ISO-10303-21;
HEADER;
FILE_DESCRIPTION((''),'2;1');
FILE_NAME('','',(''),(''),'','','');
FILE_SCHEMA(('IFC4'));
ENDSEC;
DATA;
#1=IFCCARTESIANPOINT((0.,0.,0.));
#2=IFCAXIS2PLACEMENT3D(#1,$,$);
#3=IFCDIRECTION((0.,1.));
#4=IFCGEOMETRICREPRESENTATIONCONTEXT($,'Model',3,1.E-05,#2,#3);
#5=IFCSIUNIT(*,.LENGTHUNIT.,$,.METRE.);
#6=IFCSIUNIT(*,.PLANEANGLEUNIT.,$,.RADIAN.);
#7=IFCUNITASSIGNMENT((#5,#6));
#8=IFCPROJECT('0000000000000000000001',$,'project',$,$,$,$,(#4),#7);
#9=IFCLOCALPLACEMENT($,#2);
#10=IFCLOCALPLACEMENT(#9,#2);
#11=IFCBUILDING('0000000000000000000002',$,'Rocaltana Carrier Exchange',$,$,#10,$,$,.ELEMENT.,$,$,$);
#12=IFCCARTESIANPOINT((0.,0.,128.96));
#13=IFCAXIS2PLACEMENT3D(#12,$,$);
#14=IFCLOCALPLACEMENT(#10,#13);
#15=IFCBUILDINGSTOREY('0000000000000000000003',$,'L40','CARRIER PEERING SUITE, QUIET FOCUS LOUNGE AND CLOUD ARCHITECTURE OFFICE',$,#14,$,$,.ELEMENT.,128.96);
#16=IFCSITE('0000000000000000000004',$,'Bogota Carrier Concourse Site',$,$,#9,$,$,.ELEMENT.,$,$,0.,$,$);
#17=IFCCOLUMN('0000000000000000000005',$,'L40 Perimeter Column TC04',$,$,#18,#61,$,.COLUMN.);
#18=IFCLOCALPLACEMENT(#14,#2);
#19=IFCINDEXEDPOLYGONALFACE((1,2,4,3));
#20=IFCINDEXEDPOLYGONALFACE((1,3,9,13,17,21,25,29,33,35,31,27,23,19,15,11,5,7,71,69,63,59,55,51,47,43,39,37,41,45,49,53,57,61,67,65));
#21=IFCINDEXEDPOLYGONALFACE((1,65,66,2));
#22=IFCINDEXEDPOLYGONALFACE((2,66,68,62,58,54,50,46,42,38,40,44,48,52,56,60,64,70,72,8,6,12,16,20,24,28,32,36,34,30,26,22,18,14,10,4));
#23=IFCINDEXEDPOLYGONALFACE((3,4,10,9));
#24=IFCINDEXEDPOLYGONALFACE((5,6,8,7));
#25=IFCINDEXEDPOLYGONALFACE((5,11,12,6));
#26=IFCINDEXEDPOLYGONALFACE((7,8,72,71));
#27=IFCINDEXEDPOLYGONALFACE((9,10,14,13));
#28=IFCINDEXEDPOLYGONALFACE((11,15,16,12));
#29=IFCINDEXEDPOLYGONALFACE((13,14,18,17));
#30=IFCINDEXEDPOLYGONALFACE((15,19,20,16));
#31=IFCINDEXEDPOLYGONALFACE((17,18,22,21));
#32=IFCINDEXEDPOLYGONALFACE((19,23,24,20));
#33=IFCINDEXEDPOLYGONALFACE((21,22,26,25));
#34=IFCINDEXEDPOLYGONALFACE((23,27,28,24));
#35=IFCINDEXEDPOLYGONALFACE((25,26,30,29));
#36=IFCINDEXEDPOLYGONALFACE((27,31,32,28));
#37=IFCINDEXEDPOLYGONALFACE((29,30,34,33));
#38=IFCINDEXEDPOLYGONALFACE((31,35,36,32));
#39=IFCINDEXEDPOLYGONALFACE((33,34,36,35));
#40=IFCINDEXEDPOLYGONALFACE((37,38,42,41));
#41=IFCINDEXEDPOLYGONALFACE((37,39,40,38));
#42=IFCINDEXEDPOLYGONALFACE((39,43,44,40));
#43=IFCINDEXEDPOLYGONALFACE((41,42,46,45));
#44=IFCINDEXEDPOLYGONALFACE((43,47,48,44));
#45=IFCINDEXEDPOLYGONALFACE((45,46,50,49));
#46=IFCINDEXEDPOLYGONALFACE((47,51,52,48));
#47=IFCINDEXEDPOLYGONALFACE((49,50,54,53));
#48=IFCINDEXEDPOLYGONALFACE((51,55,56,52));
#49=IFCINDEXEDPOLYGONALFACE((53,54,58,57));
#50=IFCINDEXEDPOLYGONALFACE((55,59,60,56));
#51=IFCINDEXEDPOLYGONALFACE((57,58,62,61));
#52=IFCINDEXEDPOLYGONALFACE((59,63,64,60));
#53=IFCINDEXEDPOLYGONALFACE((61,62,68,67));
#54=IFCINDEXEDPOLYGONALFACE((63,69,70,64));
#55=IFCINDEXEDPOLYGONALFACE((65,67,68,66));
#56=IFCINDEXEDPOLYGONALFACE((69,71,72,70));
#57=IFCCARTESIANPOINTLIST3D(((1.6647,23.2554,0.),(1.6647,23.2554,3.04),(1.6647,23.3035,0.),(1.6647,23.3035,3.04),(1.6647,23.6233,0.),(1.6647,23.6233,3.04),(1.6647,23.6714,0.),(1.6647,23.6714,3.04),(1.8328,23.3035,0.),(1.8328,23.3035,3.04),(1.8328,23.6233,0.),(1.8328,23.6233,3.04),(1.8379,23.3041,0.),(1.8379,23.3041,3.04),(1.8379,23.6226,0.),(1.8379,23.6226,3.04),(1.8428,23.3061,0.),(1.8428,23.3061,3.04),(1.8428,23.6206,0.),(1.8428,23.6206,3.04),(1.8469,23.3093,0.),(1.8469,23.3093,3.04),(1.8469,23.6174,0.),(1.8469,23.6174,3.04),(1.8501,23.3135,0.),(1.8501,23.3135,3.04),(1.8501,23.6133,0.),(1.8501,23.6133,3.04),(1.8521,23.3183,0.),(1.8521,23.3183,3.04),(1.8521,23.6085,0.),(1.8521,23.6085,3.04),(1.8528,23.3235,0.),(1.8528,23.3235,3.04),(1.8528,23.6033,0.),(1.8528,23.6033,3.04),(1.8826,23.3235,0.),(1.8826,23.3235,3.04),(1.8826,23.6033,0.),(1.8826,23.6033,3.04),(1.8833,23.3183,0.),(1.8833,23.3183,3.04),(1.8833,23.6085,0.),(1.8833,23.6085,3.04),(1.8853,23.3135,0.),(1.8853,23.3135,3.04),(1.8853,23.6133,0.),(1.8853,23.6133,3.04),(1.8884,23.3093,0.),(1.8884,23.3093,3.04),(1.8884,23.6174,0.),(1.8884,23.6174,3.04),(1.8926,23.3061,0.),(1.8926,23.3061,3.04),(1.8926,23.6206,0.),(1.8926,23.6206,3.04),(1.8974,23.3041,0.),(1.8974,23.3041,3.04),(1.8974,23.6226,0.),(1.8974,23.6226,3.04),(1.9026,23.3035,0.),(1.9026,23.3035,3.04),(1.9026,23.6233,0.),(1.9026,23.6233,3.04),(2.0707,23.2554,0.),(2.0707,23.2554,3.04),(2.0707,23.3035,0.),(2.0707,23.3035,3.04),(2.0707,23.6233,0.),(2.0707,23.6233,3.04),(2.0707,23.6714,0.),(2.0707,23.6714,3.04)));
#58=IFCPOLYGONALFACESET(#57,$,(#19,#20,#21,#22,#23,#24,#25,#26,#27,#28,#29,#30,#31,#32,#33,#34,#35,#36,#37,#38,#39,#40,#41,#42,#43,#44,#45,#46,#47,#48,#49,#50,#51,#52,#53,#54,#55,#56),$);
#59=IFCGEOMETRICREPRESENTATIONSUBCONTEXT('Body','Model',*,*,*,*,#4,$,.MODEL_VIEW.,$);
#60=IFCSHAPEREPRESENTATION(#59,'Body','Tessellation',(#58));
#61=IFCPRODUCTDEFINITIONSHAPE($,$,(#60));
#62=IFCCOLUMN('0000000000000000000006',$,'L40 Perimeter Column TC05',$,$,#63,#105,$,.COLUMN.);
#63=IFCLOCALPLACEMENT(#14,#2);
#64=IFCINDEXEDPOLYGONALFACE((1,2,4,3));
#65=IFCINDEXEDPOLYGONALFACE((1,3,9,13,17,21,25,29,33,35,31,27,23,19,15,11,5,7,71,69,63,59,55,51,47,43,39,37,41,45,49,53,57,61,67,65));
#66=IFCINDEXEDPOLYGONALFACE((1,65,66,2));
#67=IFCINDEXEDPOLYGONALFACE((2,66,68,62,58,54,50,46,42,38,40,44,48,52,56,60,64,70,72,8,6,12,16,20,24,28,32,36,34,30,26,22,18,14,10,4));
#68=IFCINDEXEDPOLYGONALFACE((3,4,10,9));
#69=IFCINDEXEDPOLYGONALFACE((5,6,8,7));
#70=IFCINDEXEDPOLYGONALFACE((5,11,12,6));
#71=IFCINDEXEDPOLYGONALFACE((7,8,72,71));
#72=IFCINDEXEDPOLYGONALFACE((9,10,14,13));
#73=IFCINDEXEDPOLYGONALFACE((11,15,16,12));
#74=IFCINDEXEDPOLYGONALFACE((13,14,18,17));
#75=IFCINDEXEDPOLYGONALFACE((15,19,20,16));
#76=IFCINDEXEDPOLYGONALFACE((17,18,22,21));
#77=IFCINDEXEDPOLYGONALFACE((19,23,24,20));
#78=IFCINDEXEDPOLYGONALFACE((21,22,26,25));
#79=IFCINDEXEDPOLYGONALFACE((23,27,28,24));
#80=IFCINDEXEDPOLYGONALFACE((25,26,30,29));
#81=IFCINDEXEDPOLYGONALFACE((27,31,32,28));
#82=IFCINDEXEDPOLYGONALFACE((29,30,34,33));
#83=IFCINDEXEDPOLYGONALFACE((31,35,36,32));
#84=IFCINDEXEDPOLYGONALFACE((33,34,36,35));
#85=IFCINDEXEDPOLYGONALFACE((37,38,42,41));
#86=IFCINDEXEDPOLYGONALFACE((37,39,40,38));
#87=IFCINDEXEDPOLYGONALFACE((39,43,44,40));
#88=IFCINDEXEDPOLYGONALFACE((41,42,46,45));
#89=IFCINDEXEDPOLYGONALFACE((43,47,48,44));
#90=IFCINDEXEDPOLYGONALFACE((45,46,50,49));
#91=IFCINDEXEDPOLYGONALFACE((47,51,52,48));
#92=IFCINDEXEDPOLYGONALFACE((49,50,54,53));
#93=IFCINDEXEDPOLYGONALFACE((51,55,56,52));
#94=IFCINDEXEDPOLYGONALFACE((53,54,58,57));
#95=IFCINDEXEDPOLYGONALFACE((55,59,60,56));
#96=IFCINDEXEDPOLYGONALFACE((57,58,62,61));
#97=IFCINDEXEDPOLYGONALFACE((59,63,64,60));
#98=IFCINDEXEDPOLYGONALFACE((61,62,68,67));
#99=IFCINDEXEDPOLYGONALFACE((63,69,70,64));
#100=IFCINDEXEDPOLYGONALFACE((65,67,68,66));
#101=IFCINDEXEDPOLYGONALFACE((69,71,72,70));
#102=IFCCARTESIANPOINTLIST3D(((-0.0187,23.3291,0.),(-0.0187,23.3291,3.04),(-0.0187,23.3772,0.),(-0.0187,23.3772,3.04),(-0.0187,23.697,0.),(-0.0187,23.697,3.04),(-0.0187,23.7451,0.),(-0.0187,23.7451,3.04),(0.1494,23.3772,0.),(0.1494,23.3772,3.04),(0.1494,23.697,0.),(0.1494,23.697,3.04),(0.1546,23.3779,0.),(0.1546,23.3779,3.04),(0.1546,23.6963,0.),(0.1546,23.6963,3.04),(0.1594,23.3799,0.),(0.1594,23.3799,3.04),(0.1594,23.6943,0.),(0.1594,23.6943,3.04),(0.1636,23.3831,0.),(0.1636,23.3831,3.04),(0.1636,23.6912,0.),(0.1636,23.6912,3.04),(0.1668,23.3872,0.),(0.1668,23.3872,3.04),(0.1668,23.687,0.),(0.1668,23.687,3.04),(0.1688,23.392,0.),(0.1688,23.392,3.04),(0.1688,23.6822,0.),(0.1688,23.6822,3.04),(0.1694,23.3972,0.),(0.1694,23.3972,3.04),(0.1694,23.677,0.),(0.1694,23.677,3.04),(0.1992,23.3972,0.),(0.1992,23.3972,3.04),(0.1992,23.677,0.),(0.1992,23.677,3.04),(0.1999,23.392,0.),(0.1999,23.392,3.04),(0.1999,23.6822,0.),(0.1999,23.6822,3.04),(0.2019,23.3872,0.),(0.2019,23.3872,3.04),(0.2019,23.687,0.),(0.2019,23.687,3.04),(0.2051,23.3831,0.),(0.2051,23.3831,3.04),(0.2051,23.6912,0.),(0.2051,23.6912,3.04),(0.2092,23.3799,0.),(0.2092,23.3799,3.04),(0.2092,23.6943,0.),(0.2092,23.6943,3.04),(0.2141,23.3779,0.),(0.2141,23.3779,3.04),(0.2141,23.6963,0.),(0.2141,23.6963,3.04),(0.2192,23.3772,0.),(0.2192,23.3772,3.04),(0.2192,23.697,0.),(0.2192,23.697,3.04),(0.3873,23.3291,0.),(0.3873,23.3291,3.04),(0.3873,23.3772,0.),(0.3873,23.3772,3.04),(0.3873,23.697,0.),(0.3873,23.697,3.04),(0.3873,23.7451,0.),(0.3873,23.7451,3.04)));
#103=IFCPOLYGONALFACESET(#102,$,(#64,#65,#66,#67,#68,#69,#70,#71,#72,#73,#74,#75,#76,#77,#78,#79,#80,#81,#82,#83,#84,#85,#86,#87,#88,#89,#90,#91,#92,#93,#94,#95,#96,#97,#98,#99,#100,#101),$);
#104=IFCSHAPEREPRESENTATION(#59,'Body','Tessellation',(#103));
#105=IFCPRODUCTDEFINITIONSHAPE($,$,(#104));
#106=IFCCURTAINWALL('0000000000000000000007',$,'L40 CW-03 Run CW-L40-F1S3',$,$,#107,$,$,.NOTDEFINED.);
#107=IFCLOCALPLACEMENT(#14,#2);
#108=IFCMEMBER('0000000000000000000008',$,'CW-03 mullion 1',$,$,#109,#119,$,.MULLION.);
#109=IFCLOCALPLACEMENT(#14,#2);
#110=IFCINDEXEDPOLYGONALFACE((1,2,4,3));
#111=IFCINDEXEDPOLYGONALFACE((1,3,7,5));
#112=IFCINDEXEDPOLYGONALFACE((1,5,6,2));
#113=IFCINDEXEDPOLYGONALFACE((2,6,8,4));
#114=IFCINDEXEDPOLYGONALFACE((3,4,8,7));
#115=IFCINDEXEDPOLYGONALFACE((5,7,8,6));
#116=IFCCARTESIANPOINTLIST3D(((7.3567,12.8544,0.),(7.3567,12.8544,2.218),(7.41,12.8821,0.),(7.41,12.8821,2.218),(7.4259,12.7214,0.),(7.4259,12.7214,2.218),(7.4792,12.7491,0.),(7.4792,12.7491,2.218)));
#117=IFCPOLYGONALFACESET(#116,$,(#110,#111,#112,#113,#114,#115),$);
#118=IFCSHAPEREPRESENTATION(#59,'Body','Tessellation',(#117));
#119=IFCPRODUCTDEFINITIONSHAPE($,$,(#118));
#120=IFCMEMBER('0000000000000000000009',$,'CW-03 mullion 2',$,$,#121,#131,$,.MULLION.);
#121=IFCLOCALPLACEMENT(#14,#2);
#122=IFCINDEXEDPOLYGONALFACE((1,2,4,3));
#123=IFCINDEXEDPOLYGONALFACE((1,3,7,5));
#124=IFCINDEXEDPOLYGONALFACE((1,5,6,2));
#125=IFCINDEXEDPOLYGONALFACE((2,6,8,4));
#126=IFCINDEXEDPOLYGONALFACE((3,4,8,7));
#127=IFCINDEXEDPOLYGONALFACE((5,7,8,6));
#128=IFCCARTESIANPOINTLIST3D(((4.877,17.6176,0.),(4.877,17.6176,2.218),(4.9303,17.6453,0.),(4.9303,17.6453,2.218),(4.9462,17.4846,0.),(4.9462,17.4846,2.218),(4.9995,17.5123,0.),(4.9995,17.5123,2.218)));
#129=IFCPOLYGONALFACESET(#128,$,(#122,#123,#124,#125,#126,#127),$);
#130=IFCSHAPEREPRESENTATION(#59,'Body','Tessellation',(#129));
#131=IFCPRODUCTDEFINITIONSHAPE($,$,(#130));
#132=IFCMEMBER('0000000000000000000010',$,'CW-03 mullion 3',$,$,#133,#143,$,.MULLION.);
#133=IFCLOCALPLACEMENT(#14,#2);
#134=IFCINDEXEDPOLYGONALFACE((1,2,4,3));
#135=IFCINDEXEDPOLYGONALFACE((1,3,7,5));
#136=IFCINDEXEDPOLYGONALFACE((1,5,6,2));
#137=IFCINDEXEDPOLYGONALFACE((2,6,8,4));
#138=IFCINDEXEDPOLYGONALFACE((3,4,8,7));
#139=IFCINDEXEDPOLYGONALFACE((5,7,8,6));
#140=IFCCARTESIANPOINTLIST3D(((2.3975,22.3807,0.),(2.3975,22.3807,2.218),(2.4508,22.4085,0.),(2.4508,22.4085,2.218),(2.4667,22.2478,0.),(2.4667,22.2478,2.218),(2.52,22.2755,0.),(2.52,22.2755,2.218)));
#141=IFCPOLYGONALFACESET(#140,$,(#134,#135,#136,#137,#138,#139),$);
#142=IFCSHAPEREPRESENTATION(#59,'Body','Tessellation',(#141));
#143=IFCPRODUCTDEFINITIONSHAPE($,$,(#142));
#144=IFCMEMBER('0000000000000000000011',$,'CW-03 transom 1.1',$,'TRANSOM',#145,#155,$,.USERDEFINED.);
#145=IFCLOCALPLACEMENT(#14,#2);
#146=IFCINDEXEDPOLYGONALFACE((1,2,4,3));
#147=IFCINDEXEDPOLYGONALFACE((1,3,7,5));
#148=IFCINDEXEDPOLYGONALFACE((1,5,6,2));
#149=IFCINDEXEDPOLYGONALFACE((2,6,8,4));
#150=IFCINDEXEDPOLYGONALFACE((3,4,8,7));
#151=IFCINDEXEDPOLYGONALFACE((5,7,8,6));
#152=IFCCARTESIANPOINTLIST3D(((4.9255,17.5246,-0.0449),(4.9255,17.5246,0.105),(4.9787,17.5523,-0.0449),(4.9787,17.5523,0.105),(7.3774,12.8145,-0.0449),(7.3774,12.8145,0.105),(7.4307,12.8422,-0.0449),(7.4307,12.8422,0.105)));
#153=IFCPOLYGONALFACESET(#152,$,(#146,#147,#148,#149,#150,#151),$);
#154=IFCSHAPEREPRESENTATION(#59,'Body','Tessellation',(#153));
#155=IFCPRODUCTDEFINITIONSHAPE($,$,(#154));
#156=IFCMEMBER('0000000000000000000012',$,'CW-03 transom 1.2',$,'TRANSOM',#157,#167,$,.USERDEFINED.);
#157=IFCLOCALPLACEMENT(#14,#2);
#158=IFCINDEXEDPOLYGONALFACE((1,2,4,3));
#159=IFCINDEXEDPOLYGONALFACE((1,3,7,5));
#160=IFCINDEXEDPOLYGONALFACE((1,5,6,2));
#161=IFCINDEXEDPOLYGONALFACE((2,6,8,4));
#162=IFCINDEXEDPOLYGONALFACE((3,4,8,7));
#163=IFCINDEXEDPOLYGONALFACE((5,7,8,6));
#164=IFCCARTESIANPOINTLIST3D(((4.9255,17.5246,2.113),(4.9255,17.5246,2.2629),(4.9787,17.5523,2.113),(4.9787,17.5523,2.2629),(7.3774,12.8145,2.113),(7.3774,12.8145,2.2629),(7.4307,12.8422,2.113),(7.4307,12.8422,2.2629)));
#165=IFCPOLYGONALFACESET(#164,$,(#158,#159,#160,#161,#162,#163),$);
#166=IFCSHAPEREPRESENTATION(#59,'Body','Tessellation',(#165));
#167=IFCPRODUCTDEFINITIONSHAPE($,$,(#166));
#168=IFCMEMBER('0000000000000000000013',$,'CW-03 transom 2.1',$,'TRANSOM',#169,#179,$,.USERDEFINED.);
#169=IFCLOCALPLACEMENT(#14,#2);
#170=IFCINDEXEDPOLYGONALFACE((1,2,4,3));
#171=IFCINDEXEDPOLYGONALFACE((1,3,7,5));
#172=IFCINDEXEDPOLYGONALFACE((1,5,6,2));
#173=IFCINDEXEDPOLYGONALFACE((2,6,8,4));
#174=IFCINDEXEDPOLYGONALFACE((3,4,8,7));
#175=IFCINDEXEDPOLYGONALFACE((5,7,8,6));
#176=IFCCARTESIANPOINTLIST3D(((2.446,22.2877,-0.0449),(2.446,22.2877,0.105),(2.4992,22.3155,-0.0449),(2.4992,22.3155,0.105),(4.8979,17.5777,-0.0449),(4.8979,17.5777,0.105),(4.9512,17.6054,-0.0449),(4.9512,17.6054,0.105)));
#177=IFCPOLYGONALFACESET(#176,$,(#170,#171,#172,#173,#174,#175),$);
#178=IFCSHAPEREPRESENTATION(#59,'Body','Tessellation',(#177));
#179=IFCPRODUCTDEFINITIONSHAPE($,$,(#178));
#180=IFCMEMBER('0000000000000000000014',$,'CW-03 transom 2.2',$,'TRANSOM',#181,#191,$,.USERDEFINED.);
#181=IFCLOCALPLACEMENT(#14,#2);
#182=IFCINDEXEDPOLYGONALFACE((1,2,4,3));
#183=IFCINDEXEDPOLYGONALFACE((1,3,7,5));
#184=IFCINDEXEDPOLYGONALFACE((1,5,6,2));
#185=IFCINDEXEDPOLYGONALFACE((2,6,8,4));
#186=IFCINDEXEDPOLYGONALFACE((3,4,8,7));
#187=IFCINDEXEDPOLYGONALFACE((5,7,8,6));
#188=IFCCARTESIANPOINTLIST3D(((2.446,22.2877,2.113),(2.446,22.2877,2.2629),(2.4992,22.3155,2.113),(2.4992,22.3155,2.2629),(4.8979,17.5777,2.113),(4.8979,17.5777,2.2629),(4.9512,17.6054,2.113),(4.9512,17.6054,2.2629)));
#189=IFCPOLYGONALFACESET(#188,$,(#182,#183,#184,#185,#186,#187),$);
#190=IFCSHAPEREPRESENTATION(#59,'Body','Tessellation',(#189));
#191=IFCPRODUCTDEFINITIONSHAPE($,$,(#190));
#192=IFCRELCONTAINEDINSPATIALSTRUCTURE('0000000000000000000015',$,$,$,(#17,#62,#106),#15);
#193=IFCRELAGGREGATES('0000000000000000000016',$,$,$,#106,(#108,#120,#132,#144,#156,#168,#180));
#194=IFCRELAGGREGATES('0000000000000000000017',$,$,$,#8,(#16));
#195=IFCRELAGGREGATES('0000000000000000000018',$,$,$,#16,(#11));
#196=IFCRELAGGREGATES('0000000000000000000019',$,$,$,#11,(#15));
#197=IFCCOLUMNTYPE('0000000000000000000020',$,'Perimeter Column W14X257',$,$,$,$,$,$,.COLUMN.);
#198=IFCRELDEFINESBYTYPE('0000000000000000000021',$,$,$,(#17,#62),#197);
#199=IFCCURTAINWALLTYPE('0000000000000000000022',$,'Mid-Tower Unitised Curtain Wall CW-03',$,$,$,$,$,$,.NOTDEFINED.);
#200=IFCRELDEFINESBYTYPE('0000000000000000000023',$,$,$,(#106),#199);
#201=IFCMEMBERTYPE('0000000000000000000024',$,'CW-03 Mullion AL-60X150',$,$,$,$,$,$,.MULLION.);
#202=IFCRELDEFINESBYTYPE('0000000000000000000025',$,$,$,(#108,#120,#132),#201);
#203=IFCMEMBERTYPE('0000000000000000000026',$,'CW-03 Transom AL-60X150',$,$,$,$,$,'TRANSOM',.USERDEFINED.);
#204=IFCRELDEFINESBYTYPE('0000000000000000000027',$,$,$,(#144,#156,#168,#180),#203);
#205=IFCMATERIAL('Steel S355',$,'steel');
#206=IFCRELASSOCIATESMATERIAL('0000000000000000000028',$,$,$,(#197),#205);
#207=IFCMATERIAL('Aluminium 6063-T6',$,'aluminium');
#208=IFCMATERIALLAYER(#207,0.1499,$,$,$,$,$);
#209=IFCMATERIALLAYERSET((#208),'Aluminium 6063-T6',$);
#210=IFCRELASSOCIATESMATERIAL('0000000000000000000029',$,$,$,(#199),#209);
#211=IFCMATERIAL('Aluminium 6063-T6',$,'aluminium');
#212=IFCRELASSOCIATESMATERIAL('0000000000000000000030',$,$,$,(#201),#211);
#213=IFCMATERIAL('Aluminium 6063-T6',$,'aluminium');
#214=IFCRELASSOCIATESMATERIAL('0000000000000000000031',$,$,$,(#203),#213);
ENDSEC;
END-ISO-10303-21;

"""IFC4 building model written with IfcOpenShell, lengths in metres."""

from ifc_helpers import new_model, si_unit, direction, frame, origin, origin_2d, place, context, subcontext, project, spatial, rectangle, i_section, extrude, material, layer, layer_set, material_profile, profile_set, type_object, element, aggregate, save


model = new_model("IFC4")

# Units and contexts
model_context = context("Model", 3, precision=1e-05, world=origin(), true_north=direction((0.0, 1.0)))
body_context = subcontext(model_context, "Body", "Model", "MODEL_VIEW")
ifc_project = project(units=[si_unit("LENGTHUNIT", "METRE"), si_unit("PLANEANGLEUNIT", "RADIAN")], contexts=[model_context])

# Site, building, storey
site_placement = place(None, origin())
site = spatial("IfcSite", under=ifc_project, at=site_placement, Name="Bogota Carrier Concourse Site", CompositionType="ELEMENT", RefElevation=0.0)
building_placement = place(site_placement, origin())
building = spatial("IfcBuilding", under=site, at=building_placement, Name="Rocaltana Carrier Exchange", CompositionType="ELEMENT")
storey_placement = place(building_placement, frame((0.0, 0.0, 128.96)))
storey = spatial("IfcBuildingStorey", under=building, at=storey_placement, Name="L40", Description="CARRIER PEERING SUITE, QUIET FOCUS LOUNGE AND CLOUD ARCHITECTURE OFFICE", CompositionType="ELEMENT", Elevation=128.96)

# Columns
ifc_material_1 = material(Name="Steel S355", Category="steel")
ifc_material_profile_1 = material_profile(ifc_material_1, i_section(OverallWidth=0.406, OverallDepth=0.416, WebThickness=0.0298, FlangeThickness=0.0481, FilletRadius=0.02, at=origin_2d()), Name="W14X257")
ifc_profile_set_1 = profile_set([ifc_material_profile_1], Name="Steel S355")
column_type = type_object("IfcColumnType", Name="Perimeter Column W14X257", PredefinedType="COLUMN", material=ifc_profile_set_1)
for number, where, z_axis, x_axis, name in (
    (1, (1.8677, 23.4634, 0.0), (0.0, 0.0, 1.0), (1.0, 0.0, 0.0), "L40 Perimeter Column TC04"),
    (2, (0.1843, 23.5371, 0.0), (0.0, 0.0, 1.0), (1.0, 0.0, 0.0), "L40 Perimeter Column TC05"),
):
    element("IfcColumn", number, at=place(storey_placement, frame(where, z_axis=z_axis, x_axis=x_axis)), inside=storey, type_object=column_type, Name=name, PredefinedType="COLUMN", context=body_context, shape_type="SweptSolid", body=[
        extrude(i_section(OverallWidth=0.406, OverallDepth=0.416, WebThickness=0.0298, FlangeThickness=0.0481, FilletRadius=0.02, at=origin_2d()), origin(), (0.0, 0.0, 1.0), 3.04),
    ])

# Curtain wall, members
ifc_material_2 = material(Name="Aluminium 6063-T6", Category="aluminium")
ifc_layer_1 = layer(ifc_material_2, 0.1499)
ifc_layer_set_1 = layer_set([ifc_layer_1], Name="Aluminium 6063-T6")
curtain_wall_type = type_object("IfcCurtainWallType", Name="Mid-Tower Unitised Curtain Wall CW-03", PredefinedType="NOTDEFINED", material=ifc_layer_set_1)
curtain_wall_placement = place(storey_placement, origin())
curtain_wall = element("IfcCurtainWall", 3, at=curtain_wall_placement, inside=storey, type_object=curtain_wall_type, Name="L40 CW-03 Run CW-L40-F1S3", PredefinedType="NOTDEFINED")
ifc_material_3 = material(Name="Aluminium 6063-T6", Category="aluminium")
ifc_material_profile_2 = material_profile(ifc_material_3, rectangle(XDim=0.0601, YDim=0.1499, at=origin_2d()), Name="AL-60X150")
ifc_profile_set_2 = profile_set([ifc_material_profile_2], Name="Aluminium 6063-T6")
member_type_1 = type_object("IfcMemberType", Name="CW-03 Mullion AL-60X150", PredefinedType="MULLION", material=ifc_profile_set_2)
member_1_placement = place(storey_placement, frame((7.418, 12.8018, 0.0), z_axis=(0.0, 0.0, 1.0), x_axis=(-0.887008, -0.461754, 0.0)))
member_1 = element("IfcMember", 4, at=member_1_placement, type_object=member_type_1, Name="CW-03 mullion 1", PredefinedType="MULLION", context=body_context, shape_type="SweptSolid", body=[
    extrude(rectangle(XDim=0.0601, YDim=0.1499, at=origin_2d()), origin(), (0.0, 0.0, 1.0), 2.218),
])
member_2_placement = place(storey_placement, frame((4.9382, 17.5649, 0.0), z_axis=(0.0, 0.0, 1.0), x_axis=(-0.887008, -0.461754, 0.0)))
member_2 = element("IfcMember", 5, at=member_2_placement, type_object=member_type_1, Name="CW-03 mullion 2", PredefinedType="MULLION", context=body_context, shape_type="SweptSolid", body=[
    extrude(rectangle(XDim=0.0601, YDim=0.1499, at=origin_2d()), origin(), (0.0, 0.0, 1.0), 2.218),
])
member_3_placement = place(storey_placement, frame((2.4587, 22.3281, 0.0), z_axis=(0.0, 0.0, 1.0), x_axis=(-0.887008, -0.461754, 0.0)))
member_3 = element("IfcMember", 6, at=member_3_placement, type_object=member_type_1, Name="CW-03 mullion 3", PredefinedType="MULLION", context=body_context, shape_type="SweptSolid", body=[
    extrude(rectangle(XDim=0.0601, YDim=0.1499, at=origin_2d()), origin(), (0.0, 0.0, 1.0), 2.218),
])
ifc_material_4 = material(Name="Aluminium 6063-T6", Category="aluminium")
ifc_material_profile_3 = material_profile(ifc_material_4, rectangle(XDim=0.0601, YDim=0.1499, at=origin_2d()), Name="AL-60X150")
ifc_profile_set_3 = profile_set([ifc_material_profile_3], Name="Aluminium 6063-T6")
member_type_2 = type_object("IfcMemberType", Name="CW-03 Transom AL-60X150", ElementType="TRANSOM", PredefinedType="USERDEFINED", material=ifc_profile_set_3)
member_4_placement = place(storey_placement, frame((7.4041, 12.8284, 0.03), z_axis=(-0.461757, 0.887007, 0.0), x_axis=(-0.887007, -0.461757, 0.0)))
member_4 = element("IfcMember", 7, at=member_4_placement, type_object=member_type_2, Name="CW-03 transom 1.1", ObjectType="TRANSOM", PredefinedType="USERDEFINED", context=body_context, shape_type="SweptSolid", body=[
    extrude(rectangle(XDim=0.0601, YDim=0.1499, at=origin_2d()), origin(), (0.0, 0.0, 1.0), 5.3101),
])
member_5_placement = place(storey_placement, frame((7.4041, 12.8284, 2.188), z_axis=(-0.461757, 0.887007, 0.0), x_axis=(-0.887007, -0.461757, 0.0)))
member_5 = element("IfcMember", 8, at=member_5_placement, type_object=member_type_2, Name="CW-03 transom 1.2", ObjectType="TRANSOM", PredefinedType="USERDEFINED", context=body_context, shape_type="SweptSolid", body=[
    extrude(rectangle(XDim=0.0601, YDim=0.1499, at=origin_2d()), origin(), (0.0, 0.0, 1.0), 5.3101),
])
member_6_placement = place(storey_placement, frame((4.9246, 17.5916, 0.03), z_axis=(-0.461757, 0.887007, 0.0), x_axis=(-0.887007, -0.461757, 0.0)))
member_6 = element("IfcMember", 9, at=member_6_placement, type_object=member_type_2, Name="CW-03 transom 2.1", ObjectType="TRANSOM", PredefinedType="USERDEFINED", context=body_context, shape_type="SweptSolid", body=[
    extrude(rectangle(XDim=0.0601, YDim=0.1499, at=origin_2d()), origin(), (0.0, 0.0, 1.0), 5.3101),
])
member_7_placement = place(storey_placement, frame((4.9246, 17.5916, 2.188), z_axis=(-0.461757, 0.887007, 0.0), x_axis=(-0.887007, -0.461757, 0.0)))
member_7 = element("IfcMember", 10, at=member_7_placement, type_object=member_type_2, Name="CW-03 transom 2.2", ObjectType="TRANSOM", PredefinedType="USERDEFINED", context=body_context, shape_type="SweptSolid", body=[
    extrude(rectangle(XDim=0.0601, YDim=0.1499, at=origin_2d()), origin(), (0.0, 0.0, 1.0), 5.3101),
])

aggregate(curtain_wall, [member_1, member_2, member_3, member_4, member_5, member_6, member_7])

save(model, "model.ifc")
